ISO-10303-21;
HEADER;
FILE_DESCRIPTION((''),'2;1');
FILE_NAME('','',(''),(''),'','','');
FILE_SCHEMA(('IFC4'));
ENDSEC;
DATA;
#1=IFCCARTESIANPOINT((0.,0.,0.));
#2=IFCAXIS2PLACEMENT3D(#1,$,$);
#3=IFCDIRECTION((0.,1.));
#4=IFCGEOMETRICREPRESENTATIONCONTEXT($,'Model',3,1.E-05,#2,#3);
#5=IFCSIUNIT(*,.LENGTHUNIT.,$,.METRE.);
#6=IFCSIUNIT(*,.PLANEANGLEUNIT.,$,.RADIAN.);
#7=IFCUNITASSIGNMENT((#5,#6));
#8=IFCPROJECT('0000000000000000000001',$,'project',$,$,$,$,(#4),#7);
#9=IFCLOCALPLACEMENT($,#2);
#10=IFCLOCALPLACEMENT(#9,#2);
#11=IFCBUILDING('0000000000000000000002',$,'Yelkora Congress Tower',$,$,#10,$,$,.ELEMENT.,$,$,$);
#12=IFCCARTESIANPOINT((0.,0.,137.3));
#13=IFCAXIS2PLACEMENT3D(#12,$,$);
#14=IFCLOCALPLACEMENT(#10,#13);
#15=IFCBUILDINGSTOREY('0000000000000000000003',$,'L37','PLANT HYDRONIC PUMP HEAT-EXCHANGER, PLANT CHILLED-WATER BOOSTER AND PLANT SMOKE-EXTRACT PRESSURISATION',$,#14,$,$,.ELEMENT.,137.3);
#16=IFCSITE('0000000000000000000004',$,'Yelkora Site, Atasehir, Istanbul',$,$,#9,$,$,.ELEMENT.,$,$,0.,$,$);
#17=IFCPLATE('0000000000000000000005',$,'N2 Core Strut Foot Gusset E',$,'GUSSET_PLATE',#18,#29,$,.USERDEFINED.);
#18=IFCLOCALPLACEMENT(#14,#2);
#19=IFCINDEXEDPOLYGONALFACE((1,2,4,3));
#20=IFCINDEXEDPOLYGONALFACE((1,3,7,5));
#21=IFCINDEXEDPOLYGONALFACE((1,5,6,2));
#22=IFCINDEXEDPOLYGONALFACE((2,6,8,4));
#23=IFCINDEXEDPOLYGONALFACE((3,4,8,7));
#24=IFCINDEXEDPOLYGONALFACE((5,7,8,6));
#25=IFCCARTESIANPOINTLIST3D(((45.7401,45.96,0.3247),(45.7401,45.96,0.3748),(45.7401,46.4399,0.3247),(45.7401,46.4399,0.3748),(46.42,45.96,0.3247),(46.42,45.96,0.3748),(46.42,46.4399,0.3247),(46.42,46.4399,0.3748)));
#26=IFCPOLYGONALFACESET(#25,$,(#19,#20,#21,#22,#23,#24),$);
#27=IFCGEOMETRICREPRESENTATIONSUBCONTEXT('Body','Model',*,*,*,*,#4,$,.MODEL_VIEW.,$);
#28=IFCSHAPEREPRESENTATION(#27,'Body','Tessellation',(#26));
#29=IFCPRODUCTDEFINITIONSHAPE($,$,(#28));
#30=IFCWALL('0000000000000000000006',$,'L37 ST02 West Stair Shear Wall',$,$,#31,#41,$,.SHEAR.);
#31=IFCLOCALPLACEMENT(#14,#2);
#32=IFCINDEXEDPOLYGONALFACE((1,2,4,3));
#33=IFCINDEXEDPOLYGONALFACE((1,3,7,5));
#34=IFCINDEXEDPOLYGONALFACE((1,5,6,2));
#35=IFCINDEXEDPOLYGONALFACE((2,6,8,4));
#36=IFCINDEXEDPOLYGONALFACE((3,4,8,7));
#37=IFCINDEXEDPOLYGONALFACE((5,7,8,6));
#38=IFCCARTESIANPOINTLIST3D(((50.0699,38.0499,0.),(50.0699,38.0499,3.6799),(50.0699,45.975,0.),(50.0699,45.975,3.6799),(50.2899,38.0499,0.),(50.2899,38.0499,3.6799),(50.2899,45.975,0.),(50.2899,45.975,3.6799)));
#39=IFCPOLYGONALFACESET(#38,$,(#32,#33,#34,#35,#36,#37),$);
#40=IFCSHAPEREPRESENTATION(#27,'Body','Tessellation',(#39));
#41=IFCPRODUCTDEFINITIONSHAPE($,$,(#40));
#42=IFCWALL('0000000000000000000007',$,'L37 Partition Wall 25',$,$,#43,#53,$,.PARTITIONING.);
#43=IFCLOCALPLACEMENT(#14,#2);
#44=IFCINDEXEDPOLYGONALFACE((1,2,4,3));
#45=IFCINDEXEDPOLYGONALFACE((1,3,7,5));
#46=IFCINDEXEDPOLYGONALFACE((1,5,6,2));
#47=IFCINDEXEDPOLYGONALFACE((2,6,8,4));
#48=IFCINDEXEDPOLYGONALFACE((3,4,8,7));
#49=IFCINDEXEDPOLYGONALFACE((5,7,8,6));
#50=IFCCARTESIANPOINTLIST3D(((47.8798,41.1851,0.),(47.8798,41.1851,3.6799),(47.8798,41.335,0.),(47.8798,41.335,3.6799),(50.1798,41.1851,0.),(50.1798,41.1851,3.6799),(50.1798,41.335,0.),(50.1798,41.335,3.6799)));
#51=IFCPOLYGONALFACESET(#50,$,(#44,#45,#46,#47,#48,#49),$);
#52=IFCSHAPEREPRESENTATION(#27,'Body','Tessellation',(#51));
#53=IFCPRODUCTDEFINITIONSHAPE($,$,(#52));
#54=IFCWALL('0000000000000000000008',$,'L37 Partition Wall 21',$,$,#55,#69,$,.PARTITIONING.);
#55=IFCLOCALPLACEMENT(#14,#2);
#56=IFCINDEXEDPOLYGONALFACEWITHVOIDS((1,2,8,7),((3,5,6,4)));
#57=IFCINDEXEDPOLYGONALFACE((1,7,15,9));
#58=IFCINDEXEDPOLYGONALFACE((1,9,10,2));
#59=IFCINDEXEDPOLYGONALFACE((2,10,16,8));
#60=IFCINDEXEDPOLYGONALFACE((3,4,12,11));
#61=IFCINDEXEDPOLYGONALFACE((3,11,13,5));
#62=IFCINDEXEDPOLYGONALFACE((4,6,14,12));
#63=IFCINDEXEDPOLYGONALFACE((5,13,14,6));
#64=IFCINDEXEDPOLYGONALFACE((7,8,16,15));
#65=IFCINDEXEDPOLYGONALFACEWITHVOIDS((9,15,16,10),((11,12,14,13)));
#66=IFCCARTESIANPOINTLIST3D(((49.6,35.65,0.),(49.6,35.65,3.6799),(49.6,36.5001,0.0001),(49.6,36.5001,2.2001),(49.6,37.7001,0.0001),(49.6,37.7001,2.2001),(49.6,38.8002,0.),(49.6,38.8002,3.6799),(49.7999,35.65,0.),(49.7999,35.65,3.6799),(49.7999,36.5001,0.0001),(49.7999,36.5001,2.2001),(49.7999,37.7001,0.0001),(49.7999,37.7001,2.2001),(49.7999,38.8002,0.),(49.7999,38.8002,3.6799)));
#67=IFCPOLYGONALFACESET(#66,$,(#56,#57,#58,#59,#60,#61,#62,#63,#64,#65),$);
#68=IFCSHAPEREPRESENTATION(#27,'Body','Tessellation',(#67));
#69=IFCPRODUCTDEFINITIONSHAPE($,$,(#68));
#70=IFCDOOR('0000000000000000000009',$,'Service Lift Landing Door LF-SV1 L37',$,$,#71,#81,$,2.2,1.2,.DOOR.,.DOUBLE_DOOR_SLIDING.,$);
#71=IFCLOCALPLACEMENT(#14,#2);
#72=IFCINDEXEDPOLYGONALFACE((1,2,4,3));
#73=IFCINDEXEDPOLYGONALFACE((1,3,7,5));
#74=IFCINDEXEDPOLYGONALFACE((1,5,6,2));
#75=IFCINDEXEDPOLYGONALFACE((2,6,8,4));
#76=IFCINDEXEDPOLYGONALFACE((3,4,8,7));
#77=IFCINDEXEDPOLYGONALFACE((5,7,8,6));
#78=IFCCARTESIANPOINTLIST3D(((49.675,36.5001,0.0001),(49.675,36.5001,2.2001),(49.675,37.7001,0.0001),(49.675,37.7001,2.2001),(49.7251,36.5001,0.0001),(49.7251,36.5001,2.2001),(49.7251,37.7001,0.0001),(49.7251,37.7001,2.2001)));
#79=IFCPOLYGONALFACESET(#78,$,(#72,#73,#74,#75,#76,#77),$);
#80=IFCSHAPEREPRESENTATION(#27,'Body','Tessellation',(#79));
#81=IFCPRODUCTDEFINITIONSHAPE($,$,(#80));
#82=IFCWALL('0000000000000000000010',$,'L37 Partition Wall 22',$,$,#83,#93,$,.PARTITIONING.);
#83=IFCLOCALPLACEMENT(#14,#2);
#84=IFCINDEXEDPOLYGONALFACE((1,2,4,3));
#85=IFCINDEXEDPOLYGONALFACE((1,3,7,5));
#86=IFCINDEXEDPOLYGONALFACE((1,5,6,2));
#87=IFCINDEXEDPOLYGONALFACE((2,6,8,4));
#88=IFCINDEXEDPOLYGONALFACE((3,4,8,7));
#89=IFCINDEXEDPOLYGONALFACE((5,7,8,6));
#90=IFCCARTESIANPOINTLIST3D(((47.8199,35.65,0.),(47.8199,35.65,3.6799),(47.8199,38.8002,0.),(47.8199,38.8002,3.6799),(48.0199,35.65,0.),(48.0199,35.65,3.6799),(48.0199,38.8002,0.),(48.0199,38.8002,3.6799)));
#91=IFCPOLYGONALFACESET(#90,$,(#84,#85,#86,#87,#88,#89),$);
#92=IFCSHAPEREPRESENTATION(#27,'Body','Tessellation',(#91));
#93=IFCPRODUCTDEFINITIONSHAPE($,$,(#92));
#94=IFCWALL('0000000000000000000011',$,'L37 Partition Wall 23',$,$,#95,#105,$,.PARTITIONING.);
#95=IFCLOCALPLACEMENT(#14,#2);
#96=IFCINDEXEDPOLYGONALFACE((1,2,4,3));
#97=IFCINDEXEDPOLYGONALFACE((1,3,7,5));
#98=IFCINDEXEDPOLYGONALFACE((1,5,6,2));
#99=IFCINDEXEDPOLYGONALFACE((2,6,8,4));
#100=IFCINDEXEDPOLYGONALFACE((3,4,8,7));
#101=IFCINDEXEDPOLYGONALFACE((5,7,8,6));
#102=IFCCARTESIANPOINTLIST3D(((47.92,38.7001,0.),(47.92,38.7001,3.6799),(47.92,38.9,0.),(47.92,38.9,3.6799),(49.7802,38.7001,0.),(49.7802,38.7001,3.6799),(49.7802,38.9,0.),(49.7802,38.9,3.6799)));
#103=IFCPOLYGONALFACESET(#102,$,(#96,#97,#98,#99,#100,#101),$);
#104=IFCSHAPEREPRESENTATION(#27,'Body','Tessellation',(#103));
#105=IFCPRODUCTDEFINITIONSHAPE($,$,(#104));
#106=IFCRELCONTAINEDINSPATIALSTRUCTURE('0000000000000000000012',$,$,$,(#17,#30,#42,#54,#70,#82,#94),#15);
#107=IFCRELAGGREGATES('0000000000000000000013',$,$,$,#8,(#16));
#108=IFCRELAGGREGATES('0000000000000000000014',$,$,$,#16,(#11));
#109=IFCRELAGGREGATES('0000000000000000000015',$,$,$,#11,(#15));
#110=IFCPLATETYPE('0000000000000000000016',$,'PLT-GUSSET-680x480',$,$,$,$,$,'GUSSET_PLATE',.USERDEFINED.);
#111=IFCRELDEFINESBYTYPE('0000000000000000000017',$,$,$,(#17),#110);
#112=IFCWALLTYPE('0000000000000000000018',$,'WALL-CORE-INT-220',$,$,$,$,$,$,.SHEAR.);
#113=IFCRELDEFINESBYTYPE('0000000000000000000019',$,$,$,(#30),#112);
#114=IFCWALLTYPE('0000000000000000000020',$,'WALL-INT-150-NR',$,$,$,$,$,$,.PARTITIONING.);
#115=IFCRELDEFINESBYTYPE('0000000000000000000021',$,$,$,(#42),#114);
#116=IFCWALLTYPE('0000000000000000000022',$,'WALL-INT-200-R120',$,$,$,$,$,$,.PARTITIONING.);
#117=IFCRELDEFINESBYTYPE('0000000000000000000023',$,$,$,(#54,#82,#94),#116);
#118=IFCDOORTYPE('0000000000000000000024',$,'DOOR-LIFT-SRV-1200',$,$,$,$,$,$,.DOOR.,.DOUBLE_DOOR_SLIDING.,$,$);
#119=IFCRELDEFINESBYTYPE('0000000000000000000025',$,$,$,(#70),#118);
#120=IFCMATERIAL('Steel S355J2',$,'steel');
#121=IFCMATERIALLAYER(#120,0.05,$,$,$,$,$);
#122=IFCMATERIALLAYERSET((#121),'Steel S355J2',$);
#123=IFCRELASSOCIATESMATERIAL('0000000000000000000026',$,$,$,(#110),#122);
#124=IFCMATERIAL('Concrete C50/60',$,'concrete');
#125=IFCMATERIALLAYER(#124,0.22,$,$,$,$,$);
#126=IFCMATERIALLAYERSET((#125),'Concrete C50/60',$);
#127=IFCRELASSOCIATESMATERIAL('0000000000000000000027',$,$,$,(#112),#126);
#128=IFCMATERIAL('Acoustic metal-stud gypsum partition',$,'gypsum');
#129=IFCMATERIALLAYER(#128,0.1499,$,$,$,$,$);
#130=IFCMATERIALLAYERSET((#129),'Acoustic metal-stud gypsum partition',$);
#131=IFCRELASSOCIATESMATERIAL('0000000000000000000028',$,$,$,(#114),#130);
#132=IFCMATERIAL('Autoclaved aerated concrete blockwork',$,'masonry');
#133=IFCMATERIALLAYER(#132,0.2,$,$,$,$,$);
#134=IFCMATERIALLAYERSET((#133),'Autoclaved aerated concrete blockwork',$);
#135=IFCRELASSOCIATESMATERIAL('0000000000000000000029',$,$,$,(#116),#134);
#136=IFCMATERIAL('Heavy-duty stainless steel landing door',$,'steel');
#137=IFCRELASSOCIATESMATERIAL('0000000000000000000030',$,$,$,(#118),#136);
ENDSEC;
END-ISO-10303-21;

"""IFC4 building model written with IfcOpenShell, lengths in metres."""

from ifc_helpers import new_model, si_unit, direction, frame, frame_2d, origin, origin_2d, place, context, subcontext, project, spatial, rectangle, extrude, material, layer, layer_set, type_object, element, fill, save


model = new_model("IFC4")

# Units and contexts
model_context = context("Model", 3, precision=1e-05, world=origin(), true_north=direction((0.0, 1.0)))
body_context = subcontext(model_context, "Body", "Model", "MODEL_VIEW")
ifc_project = project(units=[si_unit("LENGTHUNIT", "METRE"), si_unit("PLANEANGLEUNIT", "RADIAN")], contexts=[model_context])

# Site, building, storey
site_placement = place(None, origin())
site = spatial("IfcSite", under=ifc_project, at=site_placement, Name="Yelkora Site, Atasehir, Istanbul", CompositionType="ELEMENT", RefElevation=0.0)
building_placement = place(site_placement, origin())
building = spatial("IfcBuilding", under=site, at=building_placement, Name="Yelkora Congress Tower", CompositionType="ELEMENT")
storey_placement = place(building_placement, frame((0.0, 0.0, 137.3)))
storey = spatial("IfcBuildingStorey", under=building, at=storey_placement, Name="L37", Description="PLANT HYDRONIC PUMP HEAT-EXCHANGER, PLANT CHILLED-WATER BOOSTER AND PLANT SMOKE-EXTRACT PRESSURISATION", CompositionType="ELEMENT", Elevation=137.3)

# Shared definitions
ifc_material_1 = material(Name="Steel S355J2", Category="steel")

# Plate
ifc_layer_1 = layer(ifc_material_1, 0.05)
ifc_layer_set_1 = layer_set([ifc_layer_1], Name="Steel S355J2")
plate_type = type_object("IfcPlateType", Name="PLT-GUSSET-680x480", ElementType="GUSSET_PLATE", PredefinedType="USERDEFINED", material=ifc_layer_set_1)
plate_placement = place(storey_placement, frame((46.0801, 46.2, 0.3247), z_axis=(0.0, 0.0, 1.0), x_axis=(1.0, 0.0, 0.0)))
element("IfcPlate", 1, at=plate_placement, inside=storey, type_object=plate_type, Name="N2 Core Strut Foot Gusset E", ObjectType="GUSSET_PLATE", PredefinedType="USERDEFINED", context=body_context, shape_type="SweptSolid", body=[
    extrude(rectangle(XDim=0.6799, YDim=0.48, at=origin_2d()), origin(), (0.0, 0.0, 1.0), 0.05),
])

# Walls
ifc_material_2 = material(Name="Concrete C50/60", Category="concrete")
ifc_layer_2 = layer(ifc_material_2, 0.22)
ifc_layer_set_2 = layer_set([ifc_layer_2], Name="Concrete C50/60")
wall_type_1 = type_object("IfcWallType", Name="WALL-CORE-INT-220", PredefinedType="SHEAR", material=ifc_layer_set_2)
wall_1_placement = place(storey_placement, frame((50.1799, 38.05, 0.0), z_axis=(0.0, 0.0, 1.0), x_axis=(0.0, 1.0, 0.0)))
element("IfcWall", 2, at=wall_1_placement, inside=storey, type_object=wall_type_1, Name="L37 ST02 West Stair Shear Wall", PredefinedType="SHEAR", context=body_context, shape_type="SweptSolid", body=[
    extrude(rectangle(XDim=7.925, YDim=0.22, at=frame_2d((3.9624, 0.0))), origin(), (0.0, 0.0, 1.0), 3.6799),
])
ifc_material_3 = material(Name="Acoustic metal-stud gypsum partition", Category="gypsum")
ifc_layer_3 = layer(ifc_material_3, 0.1499)
ifc_layer_set_3 = layer_set([ifc_layer_3], Name="Acoustic metal-stud gypsum partition")
wall_type_2 = type_object("IfcWallType", Name="WALL-INT-150-NR", PredefinedType="PARTITIONING", material=ifc_layer_set_3)
wall_2_placement = place(storey_placement, frame((47.8799, 41.26, 0.0), z_axis=(0.0, 0.0, 1.0), x_axis=(1.0, 0.0, 0.0)))
element("IfcWall", 3, at=wall_2_placement, inside=storey, type_object=wall_type_2, Name="L37 Partition Wall 25", PredefinedType="PARTITIONING", context=body_context, shape_type="SweptSolid", body=[
    extrude(rectangle(XDim=2.3, YDim=0.1499, at=frame_2d((1.1499, 0.0))), origin(), (0.0, 0.0, 1.0), 3.6799),
])

# Wall, opening, door
ifc_material_4 = material(Name="Autoclaved aerated concrete blockwork", Category="masonry")
ifc_layer_4 = layer(ifc_material_4, 0.2)
ifc_layer_set_4 = layer_set([ifc_layer_4], Name="Autoclaved aerated concrete blockwork")
wall_type_3 = type_object("IfcWallType", Name="WALL-INT-200-R120", PredefinedType="PARTITIONING", material=ifc_layer_set_4)
wall_3_placement = place(storey_placement, frame((49.7, 35.6499, 0.0), z_axis=(0.0, 0.0, 1.0), x_axis=(0.0, 1.0, 0.0)))
wall_3 = element("IfcWall", 4, at=wall_3_placement, inside=storey, type_object=wall_type_3, Name="L37 Partition Wall 21", PredefinedType="PARTITIONING", context=body_context, shape_type="SweptSolid", body=[
    extrude(rectangle(XDim=3.1501, YDim=0.2, at=frame_2d((1.5752, 0.0))), origin(), (0.0, 0.0, 1.0), 3.6799),
])
opening_1_placement = place(wall_3_placement, frame((0.8501, 0.0, 0.0)))
opening_1 = element("IfcOpeningElement", 5, at=opening_1_placement, cuts=wall_3, PredefinedType="OPENING", context=body_context, shape_type="SweptSolid", body=[
    extrude(rectangle(XDim=1.2, YDim=2.2, at=frame_2d((0.6001, 1.1001))), frame((0.0, 0.1099, 0.0), z_axis=(0.0, -1.0, 0.0), x_axis=(1.0, 0.0, 0.0)), (0.0, 0.0, 1.0), 0.22),
])
ifc_material_5 = material(Name="Heavy-duty stainless steel landing door", Category="steel")
door_type_1 = type_object("IfcDoorType", Name="DOOR-LIFT-SRV-1200", OperationType="DOUBLE_DOOR_SLIDING", PredefinedType="DOOR", material=ifc_material_5)
door_1_placement = place(opening_1_placement, origin())
door_1 = element("IfcDoor", 6, at=door_1_placement, inside=storey, type_object=door_type_1, Name="Service Lift Landing Door LF-SV1 L37", OperationType="DOUBLE_DOOR_SLIDING", OverallHeight=2.2, OverallWidth=1.2, PredefinedType="DOOR", context=body_context, shape_type="SweptSolid", body=[
    extrude(rectangle(XDim=1.2, YDim=2.2, at=frame_2d((0.6001, 1.1001))), frame((0.0, 0.0249, 0.0), z_axis=(0.0, -1.0, 0.0), x_axis=(1.0, 0.0, 0.0)), (0.0, 0.0, 1.0), 0.05),
])
fill(opening_1, door_1)

# Walls
wall_4_placement = place(storey_placement, frame((47.9199, 35.6499, 0.0), z_axis=(0.0, 0.0, 1.0), x_axis=(0.0, 1.0, 0.0)))
element("IfcWall", 7, at=wall_4_placement, inside=storey, type_object=wall_type_3, Name="L37 Partition Wall 22", PredefinedType="PARTITIONING", context=body_context, shape_type="SweptSolid", body=[
    extrude(rectangle(XDim=3.1501, YDim=0.2, at=frame_2d((1.5752, 0.0))), origin(), (0.0, 0.0, 1.0), 3.6799),
])
wall_5_placement = place(storey_placement, frame((47.9199, 38.8, 0.0), z_axis=(0.0, 0.0, 1.0), x_axis=(1.0, 0.0, 0.0)))
element("IfcWall", 8, at=wall_5_placement, inside=storey, type_object=wall_type_3, Name="L37 Partition Wall 23", PredefinedType="PARTITIONING", context=body_context, shape_type="SweptSolid", body=[
    extrude(rectangle(XDim=1.8601, YDim=0.2, at=frame_2d((0.9302, 0.0))), origin(), (0.0, 0.0, 1.0), 3.6799),
])

save(model, "model.ifc")
